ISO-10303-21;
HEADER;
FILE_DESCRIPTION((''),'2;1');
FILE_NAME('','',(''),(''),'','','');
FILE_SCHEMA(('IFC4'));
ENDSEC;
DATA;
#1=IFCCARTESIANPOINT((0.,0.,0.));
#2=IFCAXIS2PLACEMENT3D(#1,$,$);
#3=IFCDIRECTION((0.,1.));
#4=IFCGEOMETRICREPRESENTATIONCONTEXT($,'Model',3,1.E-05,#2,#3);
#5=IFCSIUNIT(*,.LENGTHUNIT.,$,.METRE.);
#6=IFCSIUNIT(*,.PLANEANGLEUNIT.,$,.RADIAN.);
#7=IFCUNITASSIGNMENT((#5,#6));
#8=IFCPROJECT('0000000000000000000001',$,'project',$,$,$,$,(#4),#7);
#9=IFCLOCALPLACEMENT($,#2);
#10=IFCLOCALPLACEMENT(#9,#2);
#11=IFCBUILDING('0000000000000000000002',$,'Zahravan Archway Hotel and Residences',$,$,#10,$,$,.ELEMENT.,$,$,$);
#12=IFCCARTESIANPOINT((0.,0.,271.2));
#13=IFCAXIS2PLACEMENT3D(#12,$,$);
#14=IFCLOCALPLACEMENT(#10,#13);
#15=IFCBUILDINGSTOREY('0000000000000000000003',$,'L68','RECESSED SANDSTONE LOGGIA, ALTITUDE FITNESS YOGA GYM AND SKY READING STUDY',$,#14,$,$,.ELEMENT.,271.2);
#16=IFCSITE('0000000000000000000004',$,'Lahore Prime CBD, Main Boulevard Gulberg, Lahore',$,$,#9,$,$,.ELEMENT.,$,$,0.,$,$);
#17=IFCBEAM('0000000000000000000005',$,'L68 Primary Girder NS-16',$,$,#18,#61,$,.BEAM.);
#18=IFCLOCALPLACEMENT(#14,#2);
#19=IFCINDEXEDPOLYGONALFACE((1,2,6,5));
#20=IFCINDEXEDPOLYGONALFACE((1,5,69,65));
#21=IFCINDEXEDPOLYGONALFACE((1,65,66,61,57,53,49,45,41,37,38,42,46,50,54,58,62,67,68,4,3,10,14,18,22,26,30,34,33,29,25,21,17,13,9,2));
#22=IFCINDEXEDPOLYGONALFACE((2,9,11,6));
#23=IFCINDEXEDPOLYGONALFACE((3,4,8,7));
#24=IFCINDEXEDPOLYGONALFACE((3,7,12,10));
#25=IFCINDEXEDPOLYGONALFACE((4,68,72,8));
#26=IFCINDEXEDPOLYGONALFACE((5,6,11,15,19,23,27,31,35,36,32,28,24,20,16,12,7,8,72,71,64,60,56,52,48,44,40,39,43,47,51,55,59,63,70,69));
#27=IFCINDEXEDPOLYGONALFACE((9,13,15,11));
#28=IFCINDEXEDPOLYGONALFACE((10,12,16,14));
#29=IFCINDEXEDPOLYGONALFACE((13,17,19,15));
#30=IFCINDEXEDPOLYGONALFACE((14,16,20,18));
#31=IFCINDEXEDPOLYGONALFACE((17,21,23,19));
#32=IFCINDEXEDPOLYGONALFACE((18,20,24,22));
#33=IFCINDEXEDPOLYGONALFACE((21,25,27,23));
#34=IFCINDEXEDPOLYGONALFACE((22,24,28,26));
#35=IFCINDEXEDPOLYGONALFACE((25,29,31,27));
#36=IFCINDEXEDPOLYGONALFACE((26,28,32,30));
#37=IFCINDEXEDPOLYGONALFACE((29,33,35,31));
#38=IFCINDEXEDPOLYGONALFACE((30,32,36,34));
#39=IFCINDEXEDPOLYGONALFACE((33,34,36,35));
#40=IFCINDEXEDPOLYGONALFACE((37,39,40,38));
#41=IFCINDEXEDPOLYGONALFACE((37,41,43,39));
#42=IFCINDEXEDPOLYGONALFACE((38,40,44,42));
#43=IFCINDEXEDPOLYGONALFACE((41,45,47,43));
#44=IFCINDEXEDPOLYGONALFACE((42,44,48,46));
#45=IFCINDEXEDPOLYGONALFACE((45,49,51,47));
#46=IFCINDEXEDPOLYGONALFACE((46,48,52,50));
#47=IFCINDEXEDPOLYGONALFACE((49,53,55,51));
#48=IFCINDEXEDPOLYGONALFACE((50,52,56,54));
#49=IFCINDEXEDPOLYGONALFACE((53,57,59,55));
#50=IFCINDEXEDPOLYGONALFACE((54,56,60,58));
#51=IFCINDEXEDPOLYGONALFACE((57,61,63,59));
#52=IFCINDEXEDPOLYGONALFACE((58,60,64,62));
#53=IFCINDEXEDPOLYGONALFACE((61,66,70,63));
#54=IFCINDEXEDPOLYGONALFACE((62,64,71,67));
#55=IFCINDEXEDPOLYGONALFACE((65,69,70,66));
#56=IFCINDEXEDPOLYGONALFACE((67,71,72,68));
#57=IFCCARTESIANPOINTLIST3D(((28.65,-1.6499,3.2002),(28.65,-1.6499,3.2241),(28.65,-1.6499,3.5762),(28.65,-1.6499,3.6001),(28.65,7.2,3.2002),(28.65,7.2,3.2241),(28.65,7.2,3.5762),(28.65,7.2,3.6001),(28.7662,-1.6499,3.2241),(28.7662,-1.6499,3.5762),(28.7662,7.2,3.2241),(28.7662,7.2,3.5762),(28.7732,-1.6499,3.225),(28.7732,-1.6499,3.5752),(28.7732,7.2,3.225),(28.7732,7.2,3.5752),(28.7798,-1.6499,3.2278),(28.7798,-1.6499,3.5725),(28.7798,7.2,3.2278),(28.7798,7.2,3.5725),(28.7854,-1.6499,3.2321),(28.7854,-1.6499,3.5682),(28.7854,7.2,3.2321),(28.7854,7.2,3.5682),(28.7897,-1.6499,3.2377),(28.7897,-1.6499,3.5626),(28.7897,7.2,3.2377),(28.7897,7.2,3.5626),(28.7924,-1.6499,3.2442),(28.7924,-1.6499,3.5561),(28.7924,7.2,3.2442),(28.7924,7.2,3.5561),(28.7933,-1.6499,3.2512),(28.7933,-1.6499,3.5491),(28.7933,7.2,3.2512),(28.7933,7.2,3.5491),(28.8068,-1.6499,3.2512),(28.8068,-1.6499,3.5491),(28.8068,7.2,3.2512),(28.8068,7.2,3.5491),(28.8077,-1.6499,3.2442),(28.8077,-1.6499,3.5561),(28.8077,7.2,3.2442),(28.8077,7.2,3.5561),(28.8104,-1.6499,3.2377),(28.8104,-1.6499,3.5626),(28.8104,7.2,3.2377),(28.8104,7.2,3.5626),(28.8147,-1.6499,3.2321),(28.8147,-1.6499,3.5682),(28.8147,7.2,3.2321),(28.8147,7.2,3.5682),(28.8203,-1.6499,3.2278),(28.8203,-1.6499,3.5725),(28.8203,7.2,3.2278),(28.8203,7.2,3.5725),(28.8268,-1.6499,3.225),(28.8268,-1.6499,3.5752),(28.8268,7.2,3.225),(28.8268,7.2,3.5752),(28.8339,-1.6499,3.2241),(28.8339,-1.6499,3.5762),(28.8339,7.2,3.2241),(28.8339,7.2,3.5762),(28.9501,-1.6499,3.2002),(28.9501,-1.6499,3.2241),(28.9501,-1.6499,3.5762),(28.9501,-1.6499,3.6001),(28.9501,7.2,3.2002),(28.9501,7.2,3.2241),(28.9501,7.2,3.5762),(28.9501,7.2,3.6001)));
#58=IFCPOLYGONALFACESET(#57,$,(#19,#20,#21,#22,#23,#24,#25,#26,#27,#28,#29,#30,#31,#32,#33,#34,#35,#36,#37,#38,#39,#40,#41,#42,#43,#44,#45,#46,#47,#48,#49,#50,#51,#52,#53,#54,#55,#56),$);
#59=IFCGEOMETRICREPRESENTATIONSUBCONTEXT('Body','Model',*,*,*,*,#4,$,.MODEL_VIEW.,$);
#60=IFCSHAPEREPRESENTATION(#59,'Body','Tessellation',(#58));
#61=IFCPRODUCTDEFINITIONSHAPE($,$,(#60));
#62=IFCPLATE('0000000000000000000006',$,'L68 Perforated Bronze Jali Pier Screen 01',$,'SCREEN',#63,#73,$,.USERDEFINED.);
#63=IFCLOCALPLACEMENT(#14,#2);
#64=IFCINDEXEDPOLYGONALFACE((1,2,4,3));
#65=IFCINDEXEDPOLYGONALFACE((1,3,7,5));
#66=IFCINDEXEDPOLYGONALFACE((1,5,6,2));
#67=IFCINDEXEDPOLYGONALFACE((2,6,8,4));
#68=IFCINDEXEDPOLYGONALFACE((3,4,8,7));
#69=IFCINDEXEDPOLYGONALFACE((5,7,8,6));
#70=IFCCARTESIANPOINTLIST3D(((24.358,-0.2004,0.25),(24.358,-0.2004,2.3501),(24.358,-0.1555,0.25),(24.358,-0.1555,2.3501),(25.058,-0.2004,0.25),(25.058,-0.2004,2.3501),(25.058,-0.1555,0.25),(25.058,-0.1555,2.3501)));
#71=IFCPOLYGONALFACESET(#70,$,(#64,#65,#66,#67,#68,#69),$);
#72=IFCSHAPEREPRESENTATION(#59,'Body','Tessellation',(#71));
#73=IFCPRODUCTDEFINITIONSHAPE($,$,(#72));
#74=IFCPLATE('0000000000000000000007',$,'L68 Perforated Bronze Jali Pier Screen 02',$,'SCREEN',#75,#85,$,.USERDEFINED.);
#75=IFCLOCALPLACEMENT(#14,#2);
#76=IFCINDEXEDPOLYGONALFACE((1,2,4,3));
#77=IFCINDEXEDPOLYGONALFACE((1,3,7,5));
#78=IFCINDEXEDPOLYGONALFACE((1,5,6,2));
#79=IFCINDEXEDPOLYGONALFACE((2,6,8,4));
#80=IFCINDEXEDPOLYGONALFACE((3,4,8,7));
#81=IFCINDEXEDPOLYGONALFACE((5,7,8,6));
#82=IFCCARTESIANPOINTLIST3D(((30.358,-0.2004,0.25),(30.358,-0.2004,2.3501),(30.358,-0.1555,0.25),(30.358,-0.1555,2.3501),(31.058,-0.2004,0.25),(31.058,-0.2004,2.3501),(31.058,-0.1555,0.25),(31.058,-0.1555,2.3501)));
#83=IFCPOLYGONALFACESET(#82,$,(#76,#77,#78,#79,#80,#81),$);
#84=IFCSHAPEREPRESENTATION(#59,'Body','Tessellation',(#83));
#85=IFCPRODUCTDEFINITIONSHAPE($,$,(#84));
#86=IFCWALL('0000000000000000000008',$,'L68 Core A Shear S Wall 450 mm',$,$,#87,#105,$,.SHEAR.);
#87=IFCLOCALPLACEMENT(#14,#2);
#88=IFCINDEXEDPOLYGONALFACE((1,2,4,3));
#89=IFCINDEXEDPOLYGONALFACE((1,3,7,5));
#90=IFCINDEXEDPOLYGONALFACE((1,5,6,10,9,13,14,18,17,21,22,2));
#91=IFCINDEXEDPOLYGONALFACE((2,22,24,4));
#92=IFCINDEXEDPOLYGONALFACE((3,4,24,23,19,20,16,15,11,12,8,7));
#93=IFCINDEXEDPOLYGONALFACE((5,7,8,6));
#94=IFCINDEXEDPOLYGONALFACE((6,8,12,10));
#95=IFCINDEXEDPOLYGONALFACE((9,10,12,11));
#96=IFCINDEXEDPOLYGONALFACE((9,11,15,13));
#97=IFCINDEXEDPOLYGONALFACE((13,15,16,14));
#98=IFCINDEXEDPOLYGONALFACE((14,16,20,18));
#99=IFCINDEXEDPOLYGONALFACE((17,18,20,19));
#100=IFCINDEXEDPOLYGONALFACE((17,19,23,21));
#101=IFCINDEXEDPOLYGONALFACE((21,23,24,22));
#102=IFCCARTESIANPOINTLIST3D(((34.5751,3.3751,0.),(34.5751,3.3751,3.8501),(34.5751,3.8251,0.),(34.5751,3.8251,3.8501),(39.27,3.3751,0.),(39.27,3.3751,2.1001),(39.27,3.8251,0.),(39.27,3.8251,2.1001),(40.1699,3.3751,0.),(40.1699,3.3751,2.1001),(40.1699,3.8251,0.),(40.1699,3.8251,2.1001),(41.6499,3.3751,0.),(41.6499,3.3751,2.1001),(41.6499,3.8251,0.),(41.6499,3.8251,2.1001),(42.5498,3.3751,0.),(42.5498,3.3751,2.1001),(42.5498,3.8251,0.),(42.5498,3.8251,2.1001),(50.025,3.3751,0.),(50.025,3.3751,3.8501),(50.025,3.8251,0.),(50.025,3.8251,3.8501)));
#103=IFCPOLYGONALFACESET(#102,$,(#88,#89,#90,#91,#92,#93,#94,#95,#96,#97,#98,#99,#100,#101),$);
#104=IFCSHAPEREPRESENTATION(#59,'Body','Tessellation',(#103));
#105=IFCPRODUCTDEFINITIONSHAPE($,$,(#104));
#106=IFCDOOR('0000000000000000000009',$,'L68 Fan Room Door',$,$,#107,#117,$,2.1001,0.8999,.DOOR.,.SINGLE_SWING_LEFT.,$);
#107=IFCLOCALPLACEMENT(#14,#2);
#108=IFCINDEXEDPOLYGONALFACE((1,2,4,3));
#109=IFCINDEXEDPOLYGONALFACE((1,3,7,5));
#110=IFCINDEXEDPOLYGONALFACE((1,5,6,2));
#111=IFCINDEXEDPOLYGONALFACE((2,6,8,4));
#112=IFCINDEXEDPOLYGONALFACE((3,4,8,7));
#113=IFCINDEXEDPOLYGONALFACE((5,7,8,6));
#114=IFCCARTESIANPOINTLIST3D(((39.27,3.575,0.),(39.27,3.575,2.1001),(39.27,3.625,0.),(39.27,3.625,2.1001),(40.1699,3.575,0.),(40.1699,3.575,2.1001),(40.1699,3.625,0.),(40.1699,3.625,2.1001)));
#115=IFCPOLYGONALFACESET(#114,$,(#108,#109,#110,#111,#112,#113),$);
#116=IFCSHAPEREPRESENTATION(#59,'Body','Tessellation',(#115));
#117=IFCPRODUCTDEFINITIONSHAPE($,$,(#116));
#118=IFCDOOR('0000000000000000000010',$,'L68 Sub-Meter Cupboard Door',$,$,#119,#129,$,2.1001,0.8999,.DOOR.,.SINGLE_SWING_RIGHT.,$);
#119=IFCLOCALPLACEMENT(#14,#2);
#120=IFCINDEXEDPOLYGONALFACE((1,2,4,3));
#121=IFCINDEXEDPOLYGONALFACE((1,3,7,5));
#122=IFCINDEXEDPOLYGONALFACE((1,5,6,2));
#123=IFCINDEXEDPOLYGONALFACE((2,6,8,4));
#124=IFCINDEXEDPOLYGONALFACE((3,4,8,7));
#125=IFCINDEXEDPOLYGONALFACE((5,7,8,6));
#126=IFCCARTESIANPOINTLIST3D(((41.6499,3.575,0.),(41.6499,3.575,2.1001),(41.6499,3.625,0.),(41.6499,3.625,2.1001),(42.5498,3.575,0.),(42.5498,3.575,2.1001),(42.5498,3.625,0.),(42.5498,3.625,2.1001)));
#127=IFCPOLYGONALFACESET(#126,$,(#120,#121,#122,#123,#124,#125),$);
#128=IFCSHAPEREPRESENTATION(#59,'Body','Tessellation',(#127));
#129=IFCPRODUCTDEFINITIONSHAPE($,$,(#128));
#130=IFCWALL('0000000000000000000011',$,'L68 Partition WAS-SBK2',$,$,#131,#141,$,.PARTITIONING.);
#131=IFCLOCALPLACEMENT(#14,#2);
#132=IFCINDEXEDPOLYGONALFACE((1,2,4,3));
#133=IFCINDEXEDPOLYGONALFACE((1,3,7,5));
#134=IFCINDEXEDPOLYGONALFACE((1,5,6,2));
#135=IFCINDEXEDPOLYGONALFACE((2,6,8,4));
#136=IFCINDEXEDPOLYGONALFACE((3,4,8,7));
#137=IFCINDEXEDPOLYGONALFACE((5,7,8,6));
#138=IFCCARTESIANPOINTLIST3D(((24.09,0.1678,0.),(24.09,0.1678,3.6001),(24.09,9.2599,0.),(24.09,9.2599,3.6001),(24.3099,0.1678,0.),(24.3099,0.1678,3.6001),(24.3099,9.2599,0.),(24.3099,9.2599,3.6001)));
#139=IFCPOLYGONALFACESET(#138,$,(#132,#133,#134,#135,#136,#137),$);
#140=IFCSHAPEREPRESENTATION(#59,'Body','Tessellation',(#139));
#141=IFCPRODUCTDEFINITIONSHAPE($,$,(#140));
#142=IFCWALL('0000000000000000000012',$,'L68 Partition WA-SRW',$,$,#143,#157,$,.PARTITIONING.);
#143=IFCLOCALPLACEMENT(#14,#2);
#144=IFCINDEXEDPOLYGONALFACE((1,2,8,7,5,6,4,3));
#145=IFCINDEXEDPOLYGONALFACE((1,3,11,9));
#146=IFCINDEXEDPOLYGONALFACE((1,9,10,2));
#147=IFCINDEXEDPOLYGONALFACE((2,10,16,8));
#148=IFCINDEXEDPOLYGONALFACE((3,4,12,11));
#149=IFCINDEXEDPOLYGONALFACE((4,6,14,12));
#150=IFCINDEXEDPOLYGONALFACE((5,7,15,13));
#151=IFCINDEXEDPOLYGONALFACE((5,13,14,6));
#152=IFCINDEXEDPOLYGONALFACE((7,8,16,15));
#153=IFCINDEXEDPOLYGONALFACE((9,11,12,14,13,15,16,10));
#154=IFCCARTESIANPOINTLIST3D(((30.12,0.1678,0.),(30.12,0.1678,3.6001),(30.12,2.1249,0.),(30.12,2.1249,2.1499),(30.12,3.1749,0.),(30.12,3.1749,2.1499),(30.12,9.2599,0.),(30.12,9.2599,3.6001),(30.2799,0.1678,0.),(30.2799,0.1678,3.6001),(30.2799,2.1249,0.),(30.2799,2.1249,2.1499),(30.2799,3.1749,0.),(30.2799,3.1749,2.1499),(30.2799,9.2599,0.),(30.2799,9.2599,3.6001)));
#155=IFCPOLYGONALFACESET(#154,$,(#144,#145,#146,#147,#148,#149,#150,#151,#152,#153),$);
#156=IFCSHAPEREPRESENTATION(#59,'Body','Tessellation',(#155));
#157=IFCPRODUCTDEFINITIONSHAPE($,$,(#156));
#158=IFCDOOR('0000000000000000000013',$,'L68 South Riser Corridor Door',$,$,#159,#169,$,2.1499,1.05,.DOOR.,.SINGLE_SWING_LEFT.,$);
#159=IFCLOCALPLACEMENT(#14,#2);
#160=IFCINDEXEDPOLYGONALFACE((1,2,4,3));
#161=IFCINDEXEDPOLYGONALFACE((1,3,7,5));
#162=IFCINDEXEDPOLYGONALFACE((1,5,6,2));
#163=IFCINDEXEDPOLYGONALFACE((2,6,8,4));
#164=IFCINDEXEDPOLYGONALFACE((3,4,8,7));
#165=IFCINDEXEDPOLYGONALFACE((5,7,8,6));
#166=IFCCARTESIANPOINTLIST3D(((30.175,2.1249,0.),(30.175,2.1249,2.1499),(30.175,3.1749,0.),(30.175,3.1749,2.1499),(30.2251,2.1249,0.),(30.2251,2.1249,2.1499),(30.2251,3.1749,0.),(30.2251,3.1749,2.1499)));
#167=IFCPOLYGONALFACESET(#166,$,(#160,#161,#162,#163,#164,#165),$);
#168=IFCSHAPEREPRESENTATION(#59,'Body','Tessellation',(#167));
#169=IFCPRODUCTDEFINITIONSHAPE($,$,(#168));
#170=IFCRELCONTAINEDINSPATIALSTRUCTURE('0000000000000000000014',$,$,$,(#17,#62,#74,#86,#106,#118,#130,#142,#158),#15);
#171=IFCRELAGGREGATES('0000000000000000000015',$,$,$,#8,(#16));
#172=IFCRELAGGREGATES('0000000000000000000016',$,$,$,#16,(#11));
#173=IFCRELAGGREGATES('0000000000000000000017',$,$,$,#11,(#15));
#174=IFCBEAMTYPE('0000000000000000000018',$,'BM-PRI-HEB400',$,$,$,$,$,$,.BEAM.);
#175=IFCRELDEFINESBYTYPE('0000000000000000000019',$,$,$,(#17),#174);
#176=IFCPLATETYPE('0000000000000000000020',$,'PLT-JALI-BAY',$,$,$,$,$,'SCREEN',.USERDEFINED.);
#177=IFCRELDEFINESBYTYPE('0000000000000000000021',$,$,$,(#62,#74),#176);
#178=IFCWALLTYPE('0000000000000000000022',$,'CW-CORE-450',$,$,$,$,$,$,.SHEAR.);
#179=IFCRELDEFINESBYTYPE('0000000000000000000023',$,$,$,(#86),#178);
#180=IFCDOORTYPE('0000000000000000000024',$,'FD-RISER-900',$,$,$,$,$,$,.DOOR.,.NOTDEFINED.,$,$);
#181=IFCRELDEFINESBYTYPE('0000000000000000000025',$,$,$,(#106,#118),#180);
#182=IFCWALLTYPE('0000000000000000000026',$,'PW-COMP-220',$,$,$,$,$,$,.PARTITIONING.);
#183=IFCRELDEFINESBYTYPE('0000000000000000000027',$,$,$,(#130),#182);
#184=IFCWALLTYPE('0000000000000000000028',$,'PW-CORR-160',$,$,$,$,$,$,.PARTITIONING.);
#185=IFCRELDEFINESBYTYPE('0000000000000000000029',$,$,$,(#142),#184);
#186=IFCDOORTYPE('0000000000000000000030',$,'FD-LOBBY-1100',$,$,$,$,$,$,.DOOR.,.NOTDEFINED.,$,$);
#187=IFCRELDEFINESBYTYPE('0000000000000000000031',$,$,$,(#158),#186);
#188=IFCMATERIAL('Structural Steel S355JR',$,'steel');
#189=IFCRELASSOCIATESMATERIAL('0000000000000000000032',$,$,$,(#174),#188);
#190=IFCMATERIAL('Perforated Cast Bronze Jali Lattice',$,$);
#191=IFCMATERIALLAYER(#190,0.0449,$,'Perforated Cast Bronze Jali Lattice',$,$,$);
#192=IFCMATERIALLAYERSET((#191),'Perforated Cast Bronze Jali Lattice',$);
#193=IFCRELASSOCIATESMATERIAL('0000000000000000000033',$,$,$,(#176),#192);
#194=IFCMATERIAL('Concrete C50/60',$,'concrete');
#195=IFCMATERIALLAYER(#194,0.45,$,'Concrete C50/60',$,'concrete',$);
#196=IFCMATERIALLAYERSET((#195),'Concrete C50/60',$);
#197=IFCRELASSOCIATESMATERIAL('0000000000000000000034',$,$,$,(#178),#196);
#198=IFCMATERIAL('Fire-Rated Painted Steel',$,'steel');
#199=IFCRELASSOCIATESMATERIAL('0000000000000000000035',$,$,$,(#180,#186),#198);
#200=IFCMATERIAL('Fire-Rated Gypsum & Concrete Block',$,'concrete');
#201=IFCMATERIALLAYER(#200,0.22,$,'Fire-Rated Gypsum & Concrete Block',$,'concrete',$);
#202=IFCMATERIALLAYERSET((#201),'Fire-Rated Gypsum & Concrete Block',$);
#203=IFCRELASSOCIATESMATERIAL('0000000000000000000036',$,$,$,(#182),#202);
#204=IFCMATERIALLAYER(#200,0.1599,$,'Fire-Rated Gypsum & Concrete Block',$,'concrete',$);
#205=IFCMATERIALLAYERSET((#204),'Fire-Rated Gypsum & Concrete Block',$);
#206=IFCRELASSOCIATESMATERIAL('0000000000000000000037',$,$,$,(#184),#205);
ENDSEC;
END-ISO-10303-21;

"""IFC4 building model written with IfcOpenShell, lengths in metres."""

from ifc_helpers import new_model, si_unit, direction, frame, frame_2d, origin, origin_2d, place, context, subcontext, project, spatial, rectangle, i_section, extrude, source, transform, mapped, material, layer, layer_set, material_profile, profile_set, type_object, type_shapes, element, fill, save


model = new_model("IFC4")

# Units and contexts
model_context = context("Model", 3, precision=1e-05, world=origin(), true_north=direction((0.0, 1.0)))
body_context = subcontext(model_context, "Body", "Model", "MODEL_VIEW")
ifc_project = project(units=[si_unit("LENGTHUNIT", "METRE"), si_unit("PLANEANGLEUNIT", "RADIAN")], contexts=[model_context])

# Site, building, storey
site_placement = place(None, origin())
site = spatial("IfcSite", under=ifc_project, at=site_placement, Name="Lahore Prime CBD, Main Boulevard Gulberg, Lahore", CompositionType="ELEMENT", RefElevation=0.0)
building_placement = place(site_placement, origin())
building = spatial("IfcBuilding", under=site, at=building_placement, Name="Zahravan Archway Hotel and Residences", CompositionType="ELEMENT")
storey_placement = place(building_placement, frame((0.0, 0.0, 271.2)))
storey = spatial("IfcBuildingStorey", under=building, at=storey_placement, Name="L68", Description="RECESSED SANDSTONE LOGGIA, ALTITUDE FITNESS YOGA GYM AND SKY READING STUDY", CompositionType="ELEMENT", Elevation=271.2)

# Shared definitions
ifc_material_1 = material(Name="Concrete C50/60", Category="concrete")

# Beam
ifc_material_2 = material(Name="Structural Steel S355JR", Category="steel")
ifc_material_profile_1 = material_profile(ifc_material_2, i_section(OverallWidth=0.3, OverallDepth=0.3999, WebThickness=0.0134, FlangeThickness=0.0239, FilletRadius=0.0271, at=origin_2d()), Name="HEB 400", Category="steel")
ifc_profile_set_1 = profile_set([ifc_material_profile_1], Name="Structural Steel S355JR")
beam_type_1 = type_object("IfcBeamType", Name="BM-PRI-HEB400", PredefinedType="BEAM", material=ifc_profile_set_1)
shared_shape_1 = source(origin(), body_context, "Body", "SweptSolid", [
    extrude(i_section(OverallWidth=0.3, OverallDepth=0.3999, WebThickness=0.0134, FlangeThickness=0.0239, FilletRadius=0.0271, at=origin_2d()), origin(), (0.0, 0.0, 1.0), 8.8499),
])
beam_1_placement = place(storey_placement, frame((28.8, -1.6499, 3.4001), z_axis=(0.0, 1.0, 0.0), x_axis=(-1.0, 0.0, 0.0)))
element("IfcBeam", 1, at=beam_1_placement, inside=storey, type_object=beam_type_1, Name="L68 Primary Girder NS-16", PredefinedType="BEAM", context=body_context, shape_type="MappedRepresentation", body=[
    mapped(shared_shape_1, transform((0.0, 0.0, 0.0), scale=1.0)),
])

# Plates
ifc_material_3 = material(Name="Perforated Cast Bronze Jali Lattice")
ifc_layer_1 = layer(ifc_material_3, 0.0449, Name="Perforated Cast Bronze Jali Lattice")
ifc_layer_set_1 = layer_set([ifc_layer_1], Name="Perforated Cast Bronze Jali Lattice")
plate_type = type_object("IfcPlateType", Name="PLT-JALI-BAY", ElementType="SCREEN", PredefinedType="USERDEFINED", material=ifc_layer_set_1)
shared_shape_2 = source(origin(), body_context, "Body", "SweptSolid", [
    extrude(rectangle(XDim=0.7, YDim=0.0449, at=origin_2d()), origin(), (0.0, 0.0, 1.0), 2.1001),
])
type_shapes(plate_type, [shared_shape_2])
for number, where, z_axis, x_axis, name in (
    (2, (24.708, -0.178, 0.25), (0.0, 0.0, 1.0), (1.0, 0.0, 0.0), "L68 Perforated Bronze Jali Pier Screen 01"),
    (3, (30.708, -0.178, 0.25), (0.0, 0.0, 1.0), (1.0, 0.0, 0.0), "L68 Perforated Bronze Jali Pier Screen 02"),
):
    element("IfcPlate", number, at=place(storey_placement, frame(where, z_axis=z_axis, x_axis=x_axis)), inside=storey, type_object=plate_type, Name=name, ObjectType="SCREEN", PredefinedType="USERDEFINED", context=body_context, shape_type="MappedRepresentation", body=[
        mapped(shared_shape_2, transform((0.0, 0.0, 0.0), scale=1.0)),
    ])

# Wall, openings, doors
ifc_layer_2 = layer(ifc_material_1, 0.45, Name="Concrete C50/60", Category="concrete")
ifc_layer_set_2 = layer_set([ifc_layer_2], Name="Concrete C50/60")
wall_type_1 = type_object("IfcWallType", Name="CW-CORE-450", PredefinedType="SHEAR", material=ifc_layer_set_2)
wall_1_placement = place(storey_placement, frame((34.575, 3.6001, 0.0), z_axis=(0.0, 0.0, 1.0), x_axis=(1.0, 0.0, 0.0)))
wall_1 = element("IfcWall", 4, at=wall_1_placement, inside=storey, type_object=wall_type_1, Name="L68 Core A Shear S Wall 450 mm", PredefinedType="SHEAR", context=body_context, shape_type="SweptSolid", body=[
    extrude(rectangle(XDim=15.45, YDim=0.45, at=frame_2d((7.7251, 0.0))), origin(), (0.0, 0.0, 1.0), 3.8501),
])
opening_1_placement = place(wall_1_placement, frame((4.6951, 0.0, 0.0)))
opening_1 = element("IfcOpeningElement", 5, at=opening_1_placement, cuts=wall_1, PredefinedType="OPENING", context=body_context, shape_type="SweptSolid", body=[
    extrude(rectangle(XDim=0.8999, YDim=2.1001, at=frame_2d((0.45, 1.05))), frame((0.0, 0.2349, 0.0), z_axis=(0.0, -1.0, 0.0), x_axis=(1.0, 0.0, 0.0)), (0.0, 0.0, 1.0), 0.47),
])
opening_2_placement = place(wall_1_placement, frame((7.075, 0.0, 0.0)))
opening_2 = element("IfcOpeningElement", 6, at=opening_2_placement, cuts=wall_1, PredefinedType="OPENING", context=body_context, shape_type="SweptSolid", body=[
    extrude(rectangle(XDim=0.8999, YDim=2.1001, at=frame_2d((0.45, 1.05))), frame((0.0, 0.2349, 0.0), z_axis=(0.0, -1.0, 0.0), x_axis=(1.0, 0.0, 0.0)), (0.0, 0.0, 1.0), 0.47),
])
ifc_material_4 = material(Name="Fire-Rated Painted Steel", Category="steel")
door_type_1 = type_object("IfcDoorType", Name="FD-RISER-900", OperationType="NOTDEFINED", PredefinedType="DOOR", material=ifc_material_4)
shared_shape_3 = source(origin(), body_context, "Body", "SweptSolid", [
    extrude(rectangle(XDim=0.8999, YDim=2.1001, at=frame_2d((0.45, 1.05))), frame((0.0, 0.0249, 0.0), z_axis=(0.0, -1.0, 0.0), x_axis=(1.0, 0.0, 0.0)), (0.0, 0.0, 1.0), 0.05),
])
type_shapes(door_type_1, [shared_shape_3])
door_1_placement = place(opening_1_placement, origin())
door_1 = element("IfcDoor", 7, at=door_1_placement, inside=storey, type_object=door_type_1, Name="L68 Fan Room Door", OperationType="SINGLE_SWING_LEFT", OverallHeight=2.1001, OverallWidth=0.8999, PredefinedType="DOOR", context=body_context, shape_type="MappedRepresentation", body=[
    mapped(shared_shape_3, transform((0.0, 0.0, 0.0), scale=1.0)),
])
fill(opening_1, door_1)
door_2_placement = place(opening_2_placement, origin())
door_2 = element("IfcDoor", 8, at=door_2_placement, inside=storey, type_object=door_type_1, Name="L68 Sub-Meter Cupboard Door", OperationType="SINGLE_SWING_RIGHT", OverallHeight=2.1001, OverallWidth=0.8999, PredefinedType="DOOR", context=body_context, shape_type="MappedRepresentation", body=[
    mapped(shared_shape_3, transform((0.0, 0.0, 0.0), scale=1.0)),
])
fill(opening_2, door_2)

# Wall
ifc_material_5 = material(Name="Fire-Rated Gypsum & Concrete Block", Category="concrete")
ifc_layer_3 = layer(ifc_material_5, 0.22, Name="Fire-Rated Gypsum & Concrete Block", Category="concrete")
ifc_layer_set_3 = layer_set([ifc_layer_3], Name="Fire-Rated Gypsum & Concrete Block")
wall_type_2 = type_object("IfcWallType", Name="PW-COMP-220", PredefinedType="PARTITIONING", material=ifc_layer_set_3)
wall_2_placement = place(storey_placement, frame((24.2, 0.168, 0.0), z_axis=(0.0, 0.0, 1.0), x_axis=(0.0, 1.0, 0.0)))
element("IfcWall", 9, at=wall_2_placement, inside=storey, type_object=wall_type_2, Name="L68 Partition WAS-SBK2", PredefinedType="PARTITIONING", context=body_context, shape_type="SweptSolid", body=[
    extrude(rectangle(XDim=9.092, YDim=0.22, at=frame_2d((4.5459, 0.0))), origin(), (0.0, 0.0, 1.0), 3.6001),
])

# Wall, opening, door
ifc_layer_4 = layer(ifc_material_5, 0.1599, Name="Fire-Rated Gypsum & Concrete Block", Category="concrete")
ifc_layer_set_4 = layer_set([ifc_layer_4], Name="Fire-Rated Gypsum & Concrete Block")
wall_type_3 = type_object("IfcWallType", Name="PW-CORR-160", PredefinedType="PARTITIONING", material=ifc_layer_set_4)
wall_3_placement = place(storey_placement, frame((30.2, 0.168, 0.0), z_axis=(0.0, 0.0, 1.0), x_axis=(0.0, 1.0, 0.0)))
wall_3 = element("IfcWall", 10, at=wall_3_placement, inside=storey, type_object=wall_type_3, Name="L68 Partition WA-SRW", PredefinedType="PARTITIONING", context=body_context, shape_type="SweptSolid", body=[
    extrude(rectangle(XDim=9.092, YDim=0.1599, at=frame_2d((4.5459, 0.0))), origin(), (0.0, 0.0, 1.0), 3.6001),
])
opening_3_placement = place(wall_3_placement, frame((1.957, 0.0, 0.0)))
opening_3 = element("IfcOpeningElement", 11, at=opening_3_placement, cuts=wall_3, PredefinedType="OPENING", context=body_context, shape_type="SweptSolid", body=[
    extrude(rectangle(XDim=1.05, YDim=2.1499, at=frame_2d((0.5249, 1.075))), frame((0.0, 0.0898, 0.0), z_axis=(0.0, -1.0, 0.0), x_axis=(1.0, 0.0, 0.0)), (0.0, 0.0, 1.0), 0.1799),
])
door_type_2 = type_object("IfcDoorType", Name="FD-LOBBY-1100", OperationType="NOTDEFINED", PredefinedType="DOOR", material=ifc_material_4)
shared_shape_4 = source(origin(), body_context, "Body", "SweptSolid", [
    extrude(rectangle(XDim=1.05, YDim=2.1499, at=frame_2d((0.5249, 1.075))), frame((0.0, 0.0249, 0.0), z_axis=(0.0, -1.0, 0.0), x_axis=(1.0, 0.0, 0.0)), (0.0, 0.0, 1.0), 0.05),
])
type_shapes(door_type_2, [shared_shape_4])
door_3_placement = place(opening_3_placement, origin())
door_3 = element("IfcDoor", 12, at=door_3_placement, inside=storey, type_object=door_type_2, Name="L68 South Riser Corridor Door", OperationType="SINGLE_SWING_LEFT", OverallHeight=2.1499, OverallWidth=1.05, PredefinedType="DOOR", context=body_context, shape_type="MappedRepresentation", body=[
    mapped(shared_shape_4, transform((0.0, 0.0, 0.0), scale=1.0)),
])
fill(opening_3, door_3)

save(model, "model.ifc")
